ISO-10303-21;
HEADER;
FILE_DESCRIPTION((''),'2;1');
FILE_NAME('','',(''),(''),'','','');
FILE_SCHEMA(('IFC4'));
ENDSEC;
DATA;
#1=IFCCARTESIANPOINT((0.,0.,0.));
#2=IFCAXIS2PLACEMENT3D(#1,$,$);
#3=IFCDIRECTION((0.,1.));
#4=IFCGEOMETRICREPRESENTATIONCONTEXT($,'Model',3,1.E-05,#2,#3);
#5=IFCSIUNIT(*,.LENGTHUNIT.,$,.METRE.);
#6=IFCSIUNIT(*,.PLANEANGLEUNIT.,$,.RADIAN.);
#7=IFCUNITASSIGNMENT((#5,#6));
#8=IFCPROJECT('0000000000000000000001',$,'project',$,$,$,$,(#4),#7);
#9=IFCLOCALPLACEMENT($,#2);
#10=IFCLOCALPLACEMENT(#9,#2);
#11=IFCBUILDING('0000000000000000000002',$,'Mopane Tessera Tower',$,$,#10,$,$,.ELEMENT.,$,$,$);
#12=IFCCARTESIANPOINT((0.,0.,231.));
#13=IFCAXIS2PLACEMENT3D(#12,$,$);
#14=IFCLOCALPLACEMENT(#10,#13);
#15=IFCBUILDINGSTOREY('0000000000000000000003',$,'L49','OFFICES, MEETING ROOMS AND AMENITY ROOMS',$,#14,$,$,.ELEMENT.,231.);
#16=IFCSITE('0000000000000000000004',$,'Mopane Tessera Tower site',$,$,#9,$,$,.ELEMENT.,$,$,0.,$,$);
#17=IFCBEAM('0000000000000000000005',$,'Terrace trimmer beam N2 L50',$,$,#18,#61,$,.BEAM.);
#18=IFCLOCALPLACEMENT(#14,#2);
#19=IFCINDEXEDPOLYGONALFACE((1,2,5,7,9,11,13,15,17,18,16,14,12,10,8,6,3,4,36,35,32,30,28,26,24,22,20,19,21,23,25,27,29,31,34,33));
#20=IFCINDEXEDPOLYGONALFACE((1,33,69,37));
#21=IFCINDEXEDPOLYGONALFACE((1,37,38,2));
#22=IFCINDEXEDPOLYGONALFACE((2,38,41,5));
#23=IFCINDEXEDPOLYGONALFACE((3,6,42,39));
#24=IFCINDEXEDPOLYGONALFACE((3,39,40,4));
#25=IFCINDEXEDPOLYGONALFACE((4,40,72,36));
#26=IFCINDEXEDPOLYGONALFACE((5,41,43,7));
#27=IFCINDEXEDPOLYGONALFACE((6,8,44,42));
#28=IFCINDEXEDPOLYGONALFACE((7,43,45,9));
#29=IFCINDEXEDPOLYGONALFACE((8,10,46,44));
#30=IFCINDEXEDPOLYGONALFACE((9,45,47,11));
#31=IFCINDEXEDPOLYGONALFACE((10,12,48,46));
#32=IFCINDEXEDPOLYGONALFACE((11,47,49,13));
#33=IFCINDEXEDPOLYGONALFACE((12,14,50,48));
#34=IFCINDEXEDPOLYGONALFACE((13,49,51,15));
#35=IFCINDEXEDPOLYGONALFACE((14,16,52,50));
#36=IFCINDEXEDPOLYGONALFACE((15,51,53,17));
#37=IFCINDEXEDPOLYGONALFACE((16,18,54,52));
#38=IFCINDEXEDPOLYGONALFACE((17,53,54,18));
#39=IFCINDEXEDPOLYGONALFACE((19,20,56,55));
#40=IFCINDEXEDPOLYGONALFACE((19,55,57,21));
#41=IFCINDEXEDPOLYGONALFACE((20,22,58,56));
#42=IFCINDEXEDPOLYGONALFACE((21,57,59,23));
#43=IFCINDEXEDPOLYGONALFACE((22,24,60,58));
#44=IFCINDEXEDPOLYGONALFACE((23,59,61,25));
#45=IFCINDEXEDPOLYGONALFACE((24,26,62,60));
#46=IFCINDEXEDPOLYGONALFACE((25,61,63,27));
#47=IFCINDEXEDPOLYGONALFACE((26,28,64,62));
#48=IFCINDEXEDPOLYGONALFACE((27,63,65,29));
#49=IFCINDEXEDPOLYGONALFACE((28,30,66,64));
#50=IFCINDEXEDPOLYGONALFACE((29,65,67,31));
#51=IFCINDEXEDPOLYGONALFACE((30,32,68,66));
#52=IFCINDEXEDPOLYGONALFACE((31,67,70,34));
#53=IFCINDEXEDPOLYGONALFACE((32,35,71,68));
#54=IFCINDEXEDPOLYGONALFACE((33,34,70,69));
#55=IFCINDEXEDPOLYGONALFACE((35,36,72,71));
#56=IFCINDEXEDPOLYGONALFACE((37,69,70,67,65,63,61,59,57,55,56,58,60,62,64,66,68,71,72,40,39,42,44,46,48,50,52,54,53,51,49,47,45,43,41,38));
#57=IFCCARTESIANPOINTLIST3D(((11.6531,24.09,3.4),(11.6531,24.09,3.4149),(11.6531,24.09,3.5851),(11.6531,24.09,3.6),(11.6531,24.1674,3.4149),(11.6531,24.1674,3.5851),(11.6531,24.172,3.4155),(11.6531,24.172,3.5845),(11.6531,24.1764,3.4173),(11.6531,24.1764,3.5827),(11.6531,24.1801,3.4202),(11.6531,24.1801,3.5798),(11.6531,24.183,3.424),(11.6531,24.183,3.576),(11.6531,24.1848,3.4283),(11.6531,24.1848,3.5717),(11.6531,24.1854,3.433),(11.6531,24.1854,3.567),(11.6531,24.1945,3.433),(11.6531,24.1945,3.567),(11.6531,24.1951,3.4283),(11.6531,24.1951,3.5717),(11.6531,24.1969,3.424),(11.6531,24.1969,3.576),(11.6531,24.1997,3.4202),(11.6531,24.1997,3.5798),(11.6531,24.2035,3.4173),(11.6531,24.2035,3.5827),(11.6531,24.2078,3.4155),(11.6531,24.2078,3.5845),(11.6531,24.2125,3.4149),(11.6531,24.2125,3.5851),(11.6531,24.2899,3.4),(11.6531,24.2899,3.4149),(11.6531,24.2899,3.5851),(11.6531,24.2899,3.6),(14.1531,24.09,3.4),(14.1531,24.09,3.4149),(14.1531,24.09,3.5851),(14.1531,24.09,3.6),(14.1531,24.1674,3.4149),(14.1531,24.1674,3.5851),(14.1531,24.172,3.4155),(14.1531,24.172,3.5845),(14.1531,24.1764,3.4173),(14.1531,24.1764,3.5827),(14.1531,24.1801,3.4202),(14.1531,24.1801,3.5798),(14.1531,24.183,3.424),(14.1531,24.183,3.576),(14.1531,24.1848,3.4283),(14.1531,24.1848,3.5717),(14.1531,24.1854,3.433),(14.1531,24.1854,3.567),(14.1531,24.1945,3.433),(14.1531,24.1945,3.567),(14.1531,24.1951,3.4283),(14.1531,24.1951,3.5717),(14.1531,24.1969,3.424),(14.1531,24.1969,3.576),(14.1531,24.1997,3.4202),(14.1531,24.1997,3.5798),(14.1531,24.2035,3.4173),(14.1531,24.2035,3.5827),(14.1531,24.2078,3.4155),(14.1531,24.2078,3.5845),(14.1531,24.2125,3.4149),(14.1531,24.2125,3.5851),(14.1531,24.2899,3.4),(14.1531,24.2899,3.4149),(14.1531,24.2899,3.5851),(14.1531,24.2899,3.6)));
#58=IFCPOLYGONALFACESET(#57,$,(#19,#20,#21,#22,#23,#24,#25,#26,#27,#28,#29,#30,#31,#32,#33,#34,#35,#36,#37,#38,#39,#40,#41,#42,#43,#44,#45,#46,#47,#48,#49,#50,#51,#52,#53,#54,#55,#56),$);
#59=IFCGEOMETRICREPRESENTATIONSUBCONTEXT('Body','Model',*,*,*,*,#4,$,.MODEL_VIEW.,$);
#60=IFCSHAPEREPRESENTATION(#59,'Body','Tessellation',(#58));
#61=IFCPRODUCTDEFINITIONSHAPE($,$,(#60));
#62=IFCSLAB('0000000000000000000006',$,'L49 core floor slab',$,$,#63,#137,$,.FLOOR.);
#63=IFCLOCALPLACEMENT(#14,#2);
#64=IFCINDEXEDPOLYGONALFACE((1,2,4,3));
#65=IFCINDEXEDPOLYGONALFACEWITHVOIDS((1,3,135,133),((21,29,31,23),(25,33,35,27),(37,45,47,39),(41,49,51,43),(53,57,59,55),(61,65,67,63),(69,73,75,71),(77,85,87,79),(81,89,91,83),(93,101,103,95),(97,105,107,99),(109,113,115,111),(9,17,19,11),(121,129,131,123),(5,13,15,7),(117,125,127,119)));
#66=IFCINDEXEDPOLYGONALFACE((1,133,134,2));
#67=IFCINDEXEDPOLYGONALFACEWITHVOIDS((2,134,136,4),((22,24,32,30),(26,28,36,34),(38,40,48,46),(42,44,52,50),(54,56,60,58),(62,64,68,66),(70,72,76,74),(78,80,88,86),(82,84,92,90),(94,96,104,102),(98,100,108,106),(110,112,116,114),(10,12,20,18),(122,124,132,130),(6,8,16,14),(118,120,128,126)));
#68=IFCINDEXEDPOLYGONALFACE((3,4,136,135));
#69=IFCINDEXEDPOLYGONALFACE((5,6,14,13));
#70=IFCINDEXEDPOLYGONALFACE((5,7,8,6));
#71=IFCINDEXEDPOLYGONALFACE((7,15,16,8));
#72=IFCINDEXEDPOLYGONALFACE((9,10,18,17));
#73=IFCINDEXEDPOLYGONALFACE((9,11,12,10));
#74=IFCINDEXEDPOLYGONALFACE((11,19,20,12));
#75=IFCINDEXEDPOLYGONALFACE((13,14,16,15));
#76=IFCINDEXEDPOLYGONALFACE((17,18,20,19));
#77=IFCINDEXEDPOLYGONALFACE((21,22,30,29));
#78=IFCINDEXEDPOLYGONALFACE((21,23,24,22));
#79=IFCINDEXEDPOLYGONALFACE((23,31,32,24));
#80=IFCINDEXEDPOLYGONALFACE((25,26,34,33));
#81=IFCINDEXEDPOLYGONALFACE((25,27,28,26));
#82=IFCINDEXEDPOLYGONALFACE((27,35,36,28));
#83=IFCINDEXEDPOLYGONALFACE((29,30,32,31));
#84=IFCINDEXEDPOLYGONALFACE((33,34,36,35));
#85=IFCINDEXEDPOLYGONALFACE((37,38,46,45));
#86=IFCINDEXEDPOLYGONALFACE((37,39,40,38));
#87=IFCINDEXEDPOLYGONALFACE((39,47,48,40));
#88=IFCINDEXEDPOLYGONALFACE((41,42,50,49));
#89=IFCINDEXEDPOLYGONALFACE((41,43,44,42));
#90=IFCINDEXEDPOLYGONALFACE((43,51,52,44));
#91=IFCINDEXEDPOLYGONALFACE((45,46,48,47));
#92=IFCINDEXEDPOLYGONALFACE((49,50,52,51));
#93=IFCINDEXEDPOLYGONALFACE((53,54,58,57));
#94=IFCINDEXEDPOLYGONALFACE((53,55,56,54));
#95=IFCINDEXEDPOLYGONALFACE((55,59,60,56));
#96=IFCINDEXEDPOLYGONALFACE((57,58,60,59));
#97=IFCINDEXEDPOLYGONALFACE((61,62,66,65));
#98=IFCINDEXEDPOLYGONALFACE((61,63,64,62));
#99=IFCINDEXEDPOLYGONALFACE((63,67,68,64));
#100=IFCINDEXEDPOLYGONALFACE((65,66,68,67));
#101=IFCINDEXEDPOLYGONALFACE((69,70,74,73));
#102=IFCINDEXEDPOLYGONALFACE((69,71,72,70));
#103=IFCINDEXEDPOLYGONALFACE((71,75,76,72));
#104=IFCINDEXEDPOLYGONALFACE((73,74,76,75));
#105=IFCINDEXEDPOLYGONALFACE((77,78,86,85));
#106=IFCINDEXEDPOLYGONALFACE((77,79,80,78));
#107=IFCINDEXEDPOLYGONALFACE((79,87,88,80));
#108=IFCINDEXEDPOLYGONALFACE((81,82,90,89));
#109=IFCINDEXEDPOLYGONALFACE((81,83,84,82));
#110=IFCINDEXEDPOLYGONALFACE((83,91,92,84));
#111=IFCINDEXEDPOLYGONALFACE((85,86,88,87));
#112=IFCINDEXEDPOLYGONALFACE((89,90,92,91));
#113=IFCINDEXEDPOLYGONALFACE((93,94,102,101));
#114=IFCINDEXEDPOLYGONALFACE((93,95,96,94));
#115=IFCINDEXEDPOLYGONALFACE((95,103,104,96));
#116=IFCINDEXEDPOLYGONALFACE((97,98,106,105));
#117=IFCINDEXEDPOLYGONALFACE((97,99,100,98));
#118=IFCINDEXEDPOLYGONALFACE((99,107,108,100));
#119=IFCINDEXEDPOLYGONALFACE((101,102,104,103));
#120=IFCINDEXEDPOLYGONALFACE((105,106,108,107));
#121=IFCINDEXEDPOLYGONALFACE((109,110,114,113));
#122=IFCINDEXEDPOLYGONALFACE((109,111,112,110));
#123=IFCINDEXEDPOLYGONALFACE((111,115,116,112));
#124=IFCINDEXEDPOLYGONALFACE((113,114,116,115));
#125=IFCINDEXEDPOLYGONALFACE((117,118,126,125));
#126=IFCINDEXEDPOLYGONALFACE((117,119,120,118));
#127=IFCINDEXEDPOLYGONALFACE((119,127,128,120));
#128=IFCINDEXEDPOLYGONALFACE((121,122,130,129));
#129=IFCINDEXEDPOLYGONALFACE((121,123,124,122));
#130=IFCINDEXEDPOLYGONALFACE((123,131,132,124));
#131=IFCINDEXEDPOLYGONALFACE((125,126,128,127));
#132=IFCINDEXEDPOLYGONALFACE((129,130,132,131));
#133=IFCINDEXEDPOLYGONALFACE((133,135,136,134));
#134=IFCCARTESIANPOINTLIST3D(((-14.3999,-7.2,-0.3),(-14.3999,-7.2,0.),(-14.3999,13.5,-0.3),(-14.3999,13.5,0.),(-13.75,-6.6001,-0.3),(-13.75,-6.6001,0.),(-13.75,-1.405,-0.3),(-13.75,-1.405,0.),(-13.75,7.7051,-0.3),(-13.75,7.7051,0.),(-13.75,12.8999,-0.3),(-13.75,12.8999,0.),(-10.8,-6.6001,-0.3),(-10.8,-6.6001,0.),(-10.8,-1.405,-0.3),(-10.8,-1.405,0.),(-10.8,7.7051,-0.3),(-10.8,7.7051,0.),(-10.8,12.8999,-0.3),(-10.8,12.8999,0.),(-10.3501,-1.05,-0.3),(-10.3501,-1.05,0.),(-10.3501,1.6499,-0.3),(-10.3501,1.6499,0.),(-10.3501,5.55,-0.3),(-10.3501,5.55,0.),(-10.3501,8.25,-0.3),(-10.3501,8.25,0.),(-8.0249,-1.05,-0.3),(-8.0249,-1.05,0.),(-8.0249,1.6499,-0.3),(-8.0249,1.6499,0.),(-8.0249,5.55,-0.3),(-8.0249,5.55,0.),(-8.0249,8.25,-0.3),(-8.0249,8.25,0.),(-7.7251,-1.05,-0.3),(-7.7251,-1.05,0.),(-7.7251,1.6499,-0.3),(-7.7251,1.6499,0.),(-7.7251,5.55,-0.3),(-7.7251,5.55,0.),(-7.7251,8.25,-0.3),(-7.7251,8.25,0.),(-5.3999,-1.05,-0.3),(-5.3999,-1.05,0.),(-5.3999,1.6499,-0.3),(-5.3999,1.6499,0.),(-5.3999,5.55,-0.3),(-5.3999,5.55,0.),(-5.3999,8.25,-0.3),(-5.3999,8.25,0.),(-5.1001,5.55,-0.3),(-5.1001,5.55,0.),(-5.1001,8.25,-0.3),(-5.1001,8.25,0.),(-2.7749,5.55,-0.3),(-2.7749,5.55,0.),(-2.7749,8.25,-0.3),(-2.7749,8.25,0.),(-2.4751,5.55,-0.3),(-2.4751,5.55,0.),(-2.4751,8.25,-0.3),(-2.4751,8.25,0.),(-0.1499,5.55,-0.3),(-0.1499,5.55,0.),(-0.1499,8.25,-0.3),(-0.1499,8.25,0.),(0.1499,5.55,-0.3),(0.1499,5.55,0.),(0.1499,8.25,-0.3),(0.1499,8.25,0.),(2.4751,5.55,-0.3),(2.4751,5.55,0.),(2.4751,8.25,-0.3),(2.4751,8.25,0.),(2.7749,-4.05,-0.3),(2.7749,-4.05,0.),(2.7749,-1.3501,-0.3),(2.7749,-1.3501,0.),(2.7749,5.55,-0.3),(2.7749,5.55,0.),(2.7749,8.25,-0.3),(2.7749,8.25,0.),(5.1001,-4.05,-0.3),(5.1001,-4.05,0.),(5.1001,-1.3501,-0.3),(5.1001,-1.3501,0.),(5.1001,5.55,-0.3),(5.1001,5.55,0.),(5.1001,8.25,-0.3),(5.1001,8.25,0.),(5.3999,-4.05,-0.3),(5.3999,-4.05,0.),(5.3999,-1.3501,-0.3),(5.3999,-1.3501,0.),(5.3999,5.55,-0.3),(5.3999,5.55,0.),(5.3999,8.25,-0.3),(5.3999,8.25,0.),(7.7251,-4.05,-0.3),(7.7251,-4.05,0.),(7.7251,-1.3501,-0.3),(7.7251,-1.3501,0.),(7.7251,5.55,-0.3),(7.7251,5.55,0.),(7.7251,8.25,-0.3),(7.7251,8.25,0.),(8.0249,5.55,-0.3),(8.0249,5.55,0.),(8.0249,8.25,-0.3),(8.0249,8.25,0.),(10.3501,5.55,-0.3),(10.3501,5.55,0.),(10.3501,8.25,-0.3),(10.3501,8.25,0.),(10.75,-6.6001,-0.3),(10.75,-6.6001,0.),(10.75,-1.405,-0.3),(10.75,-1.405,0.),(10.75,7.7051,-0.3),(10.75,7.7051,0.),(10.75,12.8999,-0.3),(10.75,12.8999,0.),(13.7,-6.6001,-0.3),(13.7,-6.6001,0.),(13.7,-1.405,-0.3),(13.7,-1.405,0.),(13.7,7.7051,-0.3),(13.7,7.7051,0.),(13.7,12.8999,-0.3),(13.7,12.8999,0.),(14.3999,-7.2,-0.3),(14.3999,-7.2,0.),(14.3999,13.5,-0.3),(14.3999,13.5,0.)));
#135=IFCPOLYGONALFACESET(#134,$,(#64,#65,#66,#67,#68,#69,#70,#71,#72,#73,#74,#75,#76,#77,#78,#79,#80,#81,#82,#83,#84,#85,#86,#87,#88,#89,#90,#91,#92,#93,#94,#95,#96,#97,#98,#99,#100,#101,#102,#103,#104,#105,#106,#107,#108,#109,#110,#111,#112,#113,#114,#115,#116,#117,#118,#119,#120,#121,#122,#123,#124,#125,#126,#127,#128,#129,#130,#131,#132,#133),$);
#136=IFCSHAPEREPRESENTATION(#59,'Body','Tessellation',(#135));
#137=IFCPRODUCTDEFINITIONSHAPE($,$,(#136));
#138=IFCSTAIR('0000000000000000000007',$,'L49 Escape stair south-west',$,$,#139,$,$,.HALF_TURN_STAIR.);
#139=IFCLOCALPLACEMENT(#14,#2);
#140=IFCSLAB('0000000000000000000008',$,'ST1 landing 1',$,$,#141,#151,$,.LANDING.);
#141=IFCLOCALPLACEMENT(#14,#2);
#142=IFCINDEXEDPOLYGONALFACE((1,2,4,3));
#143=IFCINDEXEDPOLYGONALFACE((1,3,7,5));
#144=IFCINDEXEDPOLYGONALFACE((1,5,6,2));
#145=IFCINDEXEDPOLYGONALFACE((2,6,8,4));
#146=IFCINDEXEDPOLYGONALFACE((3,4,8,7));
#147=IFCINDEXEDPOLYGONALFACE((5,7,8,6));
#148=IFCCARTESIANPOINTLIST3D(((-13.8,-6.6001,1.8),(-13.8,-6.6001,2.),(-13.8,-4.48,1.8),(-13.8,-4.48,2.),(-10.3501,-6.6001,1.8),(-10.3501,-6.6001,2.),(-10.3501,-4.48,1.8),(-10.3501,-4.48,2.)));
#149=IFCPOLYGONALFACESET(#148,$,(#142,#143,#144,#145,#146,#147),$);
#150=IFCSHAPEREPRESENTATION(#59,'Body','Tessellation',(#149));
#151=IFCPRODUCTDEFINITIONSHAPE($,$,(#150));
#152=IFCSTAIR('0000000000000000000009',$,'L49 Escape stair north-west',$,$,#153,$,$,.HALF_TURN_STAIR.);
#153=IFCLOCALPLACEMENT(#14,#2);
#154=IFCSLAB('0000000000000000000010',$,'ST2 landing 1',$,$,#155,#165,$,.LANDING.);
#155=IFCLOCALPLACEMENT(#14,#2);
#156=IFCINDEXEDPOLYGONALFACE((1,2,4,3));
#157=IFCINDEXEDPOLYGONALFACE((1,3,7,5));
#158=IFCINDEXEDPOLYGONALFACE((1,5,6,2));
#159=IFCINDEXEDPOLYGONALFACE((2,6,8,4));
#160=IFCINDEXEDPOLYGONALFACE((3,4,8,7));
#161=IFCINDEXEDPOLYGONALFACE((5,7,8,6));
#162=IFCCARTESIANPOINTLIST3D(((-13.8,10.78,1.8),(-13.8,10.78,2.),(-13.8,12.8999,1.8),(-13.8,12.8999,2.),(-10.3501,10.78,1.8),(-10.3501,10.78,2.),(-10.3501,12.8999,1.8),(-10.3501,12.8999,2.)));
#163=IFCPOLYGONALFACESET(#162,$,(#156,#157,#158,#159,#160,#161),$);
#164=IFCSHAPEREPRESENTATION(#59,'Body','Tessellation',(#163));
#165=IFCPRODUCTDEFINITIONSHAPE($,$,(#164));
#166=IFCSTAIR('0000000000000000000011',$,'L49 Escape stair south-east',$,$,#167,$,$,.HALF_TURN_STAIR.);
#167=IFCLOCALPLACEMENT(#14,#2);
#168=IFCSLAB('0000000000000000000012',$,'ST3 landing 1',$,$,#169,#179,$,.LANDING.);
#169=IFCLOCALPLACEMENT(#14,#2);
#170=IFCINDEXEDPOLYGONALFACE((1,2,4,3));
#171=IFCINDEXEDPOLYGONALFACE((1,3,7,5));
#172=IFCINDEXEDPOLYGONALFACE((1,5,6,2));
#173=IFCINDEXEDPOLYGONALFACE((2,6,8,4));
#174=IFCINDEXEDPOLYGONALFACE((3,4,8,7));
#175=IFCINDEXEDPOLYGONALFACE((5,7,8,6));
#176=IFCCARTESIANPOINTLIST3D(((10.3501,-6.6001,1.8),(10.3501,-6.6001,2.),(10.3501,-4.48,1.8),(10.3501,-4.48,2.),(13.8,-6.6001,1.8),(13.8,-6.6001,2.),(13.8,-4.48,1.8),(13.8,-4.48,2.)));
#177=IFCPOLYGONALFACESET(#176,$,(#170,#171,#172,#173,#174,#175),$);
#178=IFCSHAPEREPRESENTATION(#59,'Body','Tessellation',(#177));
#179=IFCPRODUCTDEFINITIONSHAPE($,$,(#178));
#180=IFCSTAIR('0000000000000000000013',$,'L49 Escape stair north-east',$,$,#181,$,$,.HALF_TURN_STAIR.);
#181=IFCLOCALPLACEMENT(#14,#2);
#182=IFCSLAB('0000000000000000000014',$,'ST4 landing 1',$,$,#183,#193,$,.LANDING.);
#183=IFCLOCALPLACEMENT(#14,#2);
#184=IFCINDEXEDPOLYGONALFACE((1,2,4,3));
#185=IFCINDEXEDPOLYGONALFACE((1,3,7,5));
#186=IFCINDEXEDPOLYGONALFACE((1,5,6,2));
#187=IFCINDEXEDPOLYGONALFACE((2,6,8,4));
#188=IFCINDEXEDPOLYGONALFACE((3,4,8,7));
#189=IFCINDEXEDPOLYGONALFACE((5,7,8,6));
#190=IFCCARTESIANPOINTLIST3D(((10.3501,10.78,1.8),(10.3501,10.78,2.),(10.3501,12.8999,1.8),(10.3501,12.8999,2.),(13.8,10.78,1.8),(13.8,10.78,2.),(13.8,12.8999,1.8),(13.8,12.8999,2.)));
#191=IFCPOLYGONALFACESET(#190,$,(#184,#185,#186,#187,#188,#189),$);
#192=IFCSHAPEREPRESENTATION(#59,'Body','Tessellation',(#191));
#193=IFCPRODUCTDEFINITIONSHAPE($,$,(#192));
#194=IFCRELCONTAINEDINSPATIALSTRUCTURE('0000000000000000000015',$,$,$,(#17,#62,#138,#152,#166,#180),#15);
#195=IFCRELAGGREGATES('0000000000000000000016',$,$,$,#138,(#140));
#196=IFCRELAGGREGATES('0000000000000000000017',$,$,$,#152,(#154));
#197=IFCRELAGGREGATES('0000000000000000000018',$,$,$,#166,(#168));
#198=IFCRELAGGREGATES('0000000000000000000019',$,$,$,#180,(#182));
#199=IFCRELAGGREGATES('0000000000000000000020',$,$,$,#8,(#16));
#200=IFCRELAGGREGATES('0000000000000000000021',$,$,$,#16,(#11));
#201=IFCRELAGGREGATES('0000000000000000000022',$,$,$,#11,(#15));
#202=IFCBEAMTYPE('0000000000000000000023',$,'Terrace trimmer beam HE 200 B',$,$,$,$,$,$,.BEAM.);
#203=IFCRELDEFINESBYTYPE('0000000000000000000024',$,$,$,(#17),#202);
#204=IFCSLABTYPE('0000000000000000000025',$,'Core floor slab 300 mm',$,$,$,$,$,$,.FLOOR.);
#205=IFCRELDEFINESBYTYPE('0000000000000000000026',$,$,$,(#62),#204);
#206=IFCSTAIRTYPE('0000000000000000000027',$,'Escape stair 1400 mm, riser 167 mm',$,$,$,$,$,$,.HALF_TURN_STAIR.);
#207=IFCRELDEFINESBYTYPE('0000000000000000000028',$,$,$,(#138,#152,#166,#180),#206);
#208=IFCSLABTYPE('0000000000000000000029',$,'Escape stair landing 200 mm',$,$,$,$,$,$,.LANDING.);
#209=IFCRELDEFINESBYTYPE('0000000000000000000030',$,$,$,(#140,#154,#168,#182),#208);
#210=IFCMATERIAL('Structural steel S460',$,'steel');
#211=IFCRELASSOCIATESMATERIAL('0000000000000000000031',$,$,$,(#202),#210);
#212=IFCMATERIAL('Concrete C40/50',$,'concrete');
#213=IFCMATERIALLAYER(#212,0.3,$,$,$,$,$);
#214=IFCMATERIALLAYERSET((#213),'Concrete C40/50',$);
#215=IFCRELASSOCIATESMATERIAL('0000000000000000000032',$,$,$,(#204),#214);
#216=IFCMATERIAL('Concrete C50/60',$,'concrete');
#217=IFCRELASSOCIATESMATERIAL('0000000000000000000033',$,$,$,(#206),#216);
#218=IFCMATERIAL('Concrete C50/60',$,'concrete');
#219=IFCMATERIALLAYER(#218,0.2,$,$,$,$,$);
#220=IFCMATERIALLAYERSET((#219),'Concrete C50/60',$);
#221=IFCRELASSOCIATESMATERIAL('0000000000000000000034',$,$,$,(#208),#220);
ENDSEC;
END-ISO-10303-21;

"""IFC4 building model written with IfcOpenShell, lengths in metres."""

from ifc_helpers import new_model, si_unit, direction, frame, origin, origin_2d, place, context, subcontext, project, spatial, polyline, i_section, outline, extrude, material, layer, layer_set, material_profile, profile_set, type_object, element, aggregate, save


model = new_model("IFC4")

# Units and contexts
model_context = context("Model", 3, precision=1e-05, world=origin(), true_north=direction((0.0, 1.0)))
body_context = subcontext(model_context, "Body", "Model", "MODEL_VIEW")
ifc_project = project(units=[si_unit("LENGTHUNIT", "METRE"), si_unit("PLANEANGLEUNIT", "RADIAN")], contexts=[model_context])

# Site, building, storey
site_placement = place(None, origin())
site = spatial("IfcSite", under=ifc_project, at=site_placement, Name="Mopane Tessera Tower site", CompositionType="ELEMENT", RefElevation=0.0)
building_placement = place(site_placement, origin())
building = spatial("IfcBuilding", under=site, at=building_placement, Name="Mopane Tessera Tower", CompositionType="ELEMENT")
storey_placement = place(building_placement, frame((0.0, 0.0, 231.0)))
storey = spatial("IfcBuildingStorey", under=building, at=storey_placement, Name="L49", Description="OFFICES, MEETING ROOMS AND AMENITY ROOMS", CompositionType="ELEMENT", Elevation=231.0)

# Beam
ifc_material_1 = material(Name="Structural steel S460", Category="steel")
ifc_material_profile_1 = material_profile(ifc_material_1, i_section(OverallWidth=0.2, OverallDepth=0.2, WebThickness=0.009, FlangeThickness=0.0149, FilletRadius=0.0181, at=origin_2d()))
ifc_profile_set_1 = profile_set([ifc_material_profile_1], Name="Structural steel S460")
beam_type_1 = type_object("IfcBeamType", Name="Terrace trimmer beam HE 200 B", PredefinedType="BEAM", material=ifc_profile_set_1)
beam_1_placement = place(storey_placement, frame((11.6531, 24.1899, 3.5), z_axis=(1.0, 0.0, 0.0), x_axis=(0.0, 1.0, 0.0)))
element("IfcBeam", 1, at=beam_1_placement, inside=storey, type_object=beam_type_1, Name="Terrace trimmer beam N2 L50", PredefinedType="BEAM", context=body_context, shape_type="SweptSolid", body=[
    extrude(i_section(OverallWidth=0.2, OverallDepth=0.2, WebThickness=0.009, FlangeThickness=0.0149, FilletRadius=0.0181, at=origin_2d()), origin(), (0.0, 0.0, 1.0), 2.5),
])

# Slab
ifc_material_2 = material(Name="Concrete C40/50", Category="concrete")
ifc_layer_1 = layer(ifc_material_2, 0.3)
ifc_layer_set_1 = layer_set([ifc_layer_1], Name="Concrete C40/50")
slab_type_1 = type_object("IfcSlabType", Name="Core floor slab 300 mm", PredefinedType="FLOOR", material=ifc_layer_set_1)
slab_1_placement = place(storey_placement, frame((0.0, 0.0, -0.3)))
element("IfcSlab", 2, at=slab_1_placement, inside=storey, type_object=slab_type_1, Name="L49 core floor slab", PredefinedType="FLOOR", context=body_context, shape_type="SweptSolid", body=[
    extrude(outline(polyline([(-14.3999, -7.2), (14.3999, -7.2), (14.3999, 13.5), (-14.3999, 13.5), (-14.3999, -7.2)]), holes=[polyline([(-10.3501, -1.05), (-8.0249, -1.05), (-8.0249, 1.6499), (-10.3501, 1.6499), (-10.3501, -1.05)]), polyline([(-7.7251, -1.05), (-5.3999, -1.05), (-5.3999, 1.6499), (-7.7251, 1.6499), (-7.7251, -1.05)]), polyline([(-10.3501, 5.55), (-8.0249, 5.55), (-8.0249, 8.25), (-10.3501, 8.25), (-10.3501, 5.55)]), polyline([(-7.7251, 5.55), (-5.3999, 5.55), (-5.3999, 8.25), (-7.7251, 8.25), (-7.7251, 5.55)]), polyline([(-5.1001, 5.55), (-2.7749, 5.55), (-2.7749, 8.25), (-5.1001, 8.25), (-5.1001, 5.55)]), polyline([(-2.4751, 5.55), (-0.1499, 5.55), (-0.1499, 8.25), (-2.4751, 8.25), (-2.4751, 5.55)]), polyline([(0.1499, 5.55), (2.4751, 5.55), (2.4751, 8.25), (0.1499, 8.25), (0.1499, 5.55)]), polyline([(2.7749, 5.55), (5.1001, 5.55), (5.1001, 8.25), (2.7749, 8.25), (2.7749, 5.55)]), polyline([(5.3999, 5.55), (7.7251, 5.55), (7.7251, 8.25), (5.3999, 8.25), (5.3999, 5.55)]), polyline([(8.0249, 5.55), (10.3501, 5.55), (10.3501, 8.25), (8.0249, 8.25), (8.0249, 5.55)]), polyline([(2.7749, -4.05), (5.1001, -4.05), (5.1001, -1.3501), (2.7749, -1.3501), (2.7749, -4.05)]), polyline([(5.3999, -4.05), (7.7251, -4.05), (7.7251, -1.3501), (5.3999, -1.3501), (5.3999, -4.05)]), polyline([(-13.75, -1.405), (-13.75, -6.6001), (-10.8, -6.6001), (-10.8, -1.405), (-13.75, -1.405)]), polyline([(-10.8, 7.7051), (-10.8, 12.8999), (-13.75, 12.8999), (-13.75, 7.7051), (-10.8, 7.7051)]), polyline([(10.75, -1.405), (10.75, -6.6001), (13.7, -6.6001), (13.7, -1.405), (10.75, -1.405)]), polyline([(13.7, 7.7051), (13.7, 12.8999), (10.75, 12.8999), (10.75, 7.7051), (13.7, 7.7051)])]), origin(), (0.0, 0.0, 1.0), 0.3),
])

# Stairs, slabs
ifc_material_3 = material(Name="Concrete C50/60", Category="concrete")
stair_type = type_object("IfcStairType", Name="Escape stair 1400 mm, riser 167 mm", PredefinedType="HALF_TURN_STAIR", material=ifc_material_3)
stair_1_placement = place(storey_placement, origin())
stair_1 = element("IfcStair", 3, at=stair_1_placement, inside=storey, type_object=stair_type, Name="L49 Escape stair south-west", PredefinedType="HALF_TURN_STAIR")
ifc_material_4 = material(Name="Concrete C50/60", Category="concrete")
ifc_layer_2 = layer(ifc_material_4, 0.2)
ifc_layer_set_2 = layer_set([ifc_layer_2], Name="Concrete C50/60")
slab_type_2 = type_object("IfcSlabType", Name="Escape stair landing 200 mm", PredefinedType="LANDING", material=ifc_layer_set_2)
slab_2_placement = place(storey_placement, frame((0.0, 0.0, 1.8)))
slab_2 = element("IfcSlab", 4, at=slab_2_placement, type_object=slab_type_2, Name="ST1 landing 1", PredefinedType="LANDING", context=body_context, shape_type="SweptSolid", body=[
    extrude(outline(polyline([(-13.8, -4.48), (-13.8, -6.6001), (-10.3501, -6.6001), (-10.3501, -4.48), (-13.8, -4.48)])), origin(), (0.0, 0.0, 1.0), 0.2),
])
aggregate(stair_1, [slab_2])
stair_2_placement = place(storey_placement, origin())
stair_2 = element("IfcStair", 5, at=stair_2_placement, inside=storey, type_object=stair_type, Name="L49 Escape stair north-west", PredefinedType="HALF_TURN_STAIR")
slab_3_placement = place(storey_placement, frame((0.0, 0.0, 1.8)))
slab_3 = element("IfcSlab", 6, at=slab_3_placement, type_object=slab_type_2, Name="ST2 landing 1", PredefinedType="LANDING", context=body_context, shape_type="SweptSolid", body=[
    extrude(outline(polyline([(-10.3501, 10.78), (-10.3501, 12.8999), (-13.8, 12.8999), (-13.8, 10.78), (-10.3501, 10.78)])), origin(), (0.0, 0.0, 1.0), 0.2),
])
aggregate(stair_2, [slab_3])
stair_3_placement = place(storey_placement, origin())
stair_3 = element("IfcStair", 7, at=stair_3_placement, inside=storey, type_object=stair_type, Name="L49 Escape stair south-east", PredefinedType="HALF_TURN_STAIR")
slab_4_placement = place(storey_placement, frame((0.0, 0.0, 1.8)))
slab_4 = element("IfcSlab", 8, at=slab_4_placement, type_object=slab_type_2, Name="ST3 landing 1", PredefinedType="LANDING", context=body_context, shape_type="SweptSolid", body=[
    extrude(outline(polyline([(10.3501, -4.48), (10.3501, -6.6001), (13.8, -6.6001), (13.8, -4.48), (10.3501, -4.48)])), origin(), (0.0, 0.0, 1.0), 0.2),
])
aggregate(stair_3, [slab_4])
stair_4_placement = place(storey_placement, origin())
stair_4 = element("IfcStair", 9, at=stair_4_placement, inside=storey, type_object=stair_type, Name="L49 Escape stair north-east", PredefinedType="HALF_TURN_STAIR")
slab_5_placement = place(storey_placement, frame((0.0, 0.0, 1.8)))
slab_5 = element("IfcSlab", 10, at=slab_5_placement, type_object=slab_type_2, Name="ST4 landing 1", PredefinedType="LANDING", context=body_context, shape_type="SweptSolid", body=[
    extrude(outline(polyline([(13.8, 10.78), (13.8, 12.8999), (10.3501, 12.8999), (10.3501, 10.78), (13.8, 10.78)])), origin(), (0.0, 0.0, 1.0), 0.2),
])

aggregate(stair_4, [slab_5])

save(model, "model.ifc")
